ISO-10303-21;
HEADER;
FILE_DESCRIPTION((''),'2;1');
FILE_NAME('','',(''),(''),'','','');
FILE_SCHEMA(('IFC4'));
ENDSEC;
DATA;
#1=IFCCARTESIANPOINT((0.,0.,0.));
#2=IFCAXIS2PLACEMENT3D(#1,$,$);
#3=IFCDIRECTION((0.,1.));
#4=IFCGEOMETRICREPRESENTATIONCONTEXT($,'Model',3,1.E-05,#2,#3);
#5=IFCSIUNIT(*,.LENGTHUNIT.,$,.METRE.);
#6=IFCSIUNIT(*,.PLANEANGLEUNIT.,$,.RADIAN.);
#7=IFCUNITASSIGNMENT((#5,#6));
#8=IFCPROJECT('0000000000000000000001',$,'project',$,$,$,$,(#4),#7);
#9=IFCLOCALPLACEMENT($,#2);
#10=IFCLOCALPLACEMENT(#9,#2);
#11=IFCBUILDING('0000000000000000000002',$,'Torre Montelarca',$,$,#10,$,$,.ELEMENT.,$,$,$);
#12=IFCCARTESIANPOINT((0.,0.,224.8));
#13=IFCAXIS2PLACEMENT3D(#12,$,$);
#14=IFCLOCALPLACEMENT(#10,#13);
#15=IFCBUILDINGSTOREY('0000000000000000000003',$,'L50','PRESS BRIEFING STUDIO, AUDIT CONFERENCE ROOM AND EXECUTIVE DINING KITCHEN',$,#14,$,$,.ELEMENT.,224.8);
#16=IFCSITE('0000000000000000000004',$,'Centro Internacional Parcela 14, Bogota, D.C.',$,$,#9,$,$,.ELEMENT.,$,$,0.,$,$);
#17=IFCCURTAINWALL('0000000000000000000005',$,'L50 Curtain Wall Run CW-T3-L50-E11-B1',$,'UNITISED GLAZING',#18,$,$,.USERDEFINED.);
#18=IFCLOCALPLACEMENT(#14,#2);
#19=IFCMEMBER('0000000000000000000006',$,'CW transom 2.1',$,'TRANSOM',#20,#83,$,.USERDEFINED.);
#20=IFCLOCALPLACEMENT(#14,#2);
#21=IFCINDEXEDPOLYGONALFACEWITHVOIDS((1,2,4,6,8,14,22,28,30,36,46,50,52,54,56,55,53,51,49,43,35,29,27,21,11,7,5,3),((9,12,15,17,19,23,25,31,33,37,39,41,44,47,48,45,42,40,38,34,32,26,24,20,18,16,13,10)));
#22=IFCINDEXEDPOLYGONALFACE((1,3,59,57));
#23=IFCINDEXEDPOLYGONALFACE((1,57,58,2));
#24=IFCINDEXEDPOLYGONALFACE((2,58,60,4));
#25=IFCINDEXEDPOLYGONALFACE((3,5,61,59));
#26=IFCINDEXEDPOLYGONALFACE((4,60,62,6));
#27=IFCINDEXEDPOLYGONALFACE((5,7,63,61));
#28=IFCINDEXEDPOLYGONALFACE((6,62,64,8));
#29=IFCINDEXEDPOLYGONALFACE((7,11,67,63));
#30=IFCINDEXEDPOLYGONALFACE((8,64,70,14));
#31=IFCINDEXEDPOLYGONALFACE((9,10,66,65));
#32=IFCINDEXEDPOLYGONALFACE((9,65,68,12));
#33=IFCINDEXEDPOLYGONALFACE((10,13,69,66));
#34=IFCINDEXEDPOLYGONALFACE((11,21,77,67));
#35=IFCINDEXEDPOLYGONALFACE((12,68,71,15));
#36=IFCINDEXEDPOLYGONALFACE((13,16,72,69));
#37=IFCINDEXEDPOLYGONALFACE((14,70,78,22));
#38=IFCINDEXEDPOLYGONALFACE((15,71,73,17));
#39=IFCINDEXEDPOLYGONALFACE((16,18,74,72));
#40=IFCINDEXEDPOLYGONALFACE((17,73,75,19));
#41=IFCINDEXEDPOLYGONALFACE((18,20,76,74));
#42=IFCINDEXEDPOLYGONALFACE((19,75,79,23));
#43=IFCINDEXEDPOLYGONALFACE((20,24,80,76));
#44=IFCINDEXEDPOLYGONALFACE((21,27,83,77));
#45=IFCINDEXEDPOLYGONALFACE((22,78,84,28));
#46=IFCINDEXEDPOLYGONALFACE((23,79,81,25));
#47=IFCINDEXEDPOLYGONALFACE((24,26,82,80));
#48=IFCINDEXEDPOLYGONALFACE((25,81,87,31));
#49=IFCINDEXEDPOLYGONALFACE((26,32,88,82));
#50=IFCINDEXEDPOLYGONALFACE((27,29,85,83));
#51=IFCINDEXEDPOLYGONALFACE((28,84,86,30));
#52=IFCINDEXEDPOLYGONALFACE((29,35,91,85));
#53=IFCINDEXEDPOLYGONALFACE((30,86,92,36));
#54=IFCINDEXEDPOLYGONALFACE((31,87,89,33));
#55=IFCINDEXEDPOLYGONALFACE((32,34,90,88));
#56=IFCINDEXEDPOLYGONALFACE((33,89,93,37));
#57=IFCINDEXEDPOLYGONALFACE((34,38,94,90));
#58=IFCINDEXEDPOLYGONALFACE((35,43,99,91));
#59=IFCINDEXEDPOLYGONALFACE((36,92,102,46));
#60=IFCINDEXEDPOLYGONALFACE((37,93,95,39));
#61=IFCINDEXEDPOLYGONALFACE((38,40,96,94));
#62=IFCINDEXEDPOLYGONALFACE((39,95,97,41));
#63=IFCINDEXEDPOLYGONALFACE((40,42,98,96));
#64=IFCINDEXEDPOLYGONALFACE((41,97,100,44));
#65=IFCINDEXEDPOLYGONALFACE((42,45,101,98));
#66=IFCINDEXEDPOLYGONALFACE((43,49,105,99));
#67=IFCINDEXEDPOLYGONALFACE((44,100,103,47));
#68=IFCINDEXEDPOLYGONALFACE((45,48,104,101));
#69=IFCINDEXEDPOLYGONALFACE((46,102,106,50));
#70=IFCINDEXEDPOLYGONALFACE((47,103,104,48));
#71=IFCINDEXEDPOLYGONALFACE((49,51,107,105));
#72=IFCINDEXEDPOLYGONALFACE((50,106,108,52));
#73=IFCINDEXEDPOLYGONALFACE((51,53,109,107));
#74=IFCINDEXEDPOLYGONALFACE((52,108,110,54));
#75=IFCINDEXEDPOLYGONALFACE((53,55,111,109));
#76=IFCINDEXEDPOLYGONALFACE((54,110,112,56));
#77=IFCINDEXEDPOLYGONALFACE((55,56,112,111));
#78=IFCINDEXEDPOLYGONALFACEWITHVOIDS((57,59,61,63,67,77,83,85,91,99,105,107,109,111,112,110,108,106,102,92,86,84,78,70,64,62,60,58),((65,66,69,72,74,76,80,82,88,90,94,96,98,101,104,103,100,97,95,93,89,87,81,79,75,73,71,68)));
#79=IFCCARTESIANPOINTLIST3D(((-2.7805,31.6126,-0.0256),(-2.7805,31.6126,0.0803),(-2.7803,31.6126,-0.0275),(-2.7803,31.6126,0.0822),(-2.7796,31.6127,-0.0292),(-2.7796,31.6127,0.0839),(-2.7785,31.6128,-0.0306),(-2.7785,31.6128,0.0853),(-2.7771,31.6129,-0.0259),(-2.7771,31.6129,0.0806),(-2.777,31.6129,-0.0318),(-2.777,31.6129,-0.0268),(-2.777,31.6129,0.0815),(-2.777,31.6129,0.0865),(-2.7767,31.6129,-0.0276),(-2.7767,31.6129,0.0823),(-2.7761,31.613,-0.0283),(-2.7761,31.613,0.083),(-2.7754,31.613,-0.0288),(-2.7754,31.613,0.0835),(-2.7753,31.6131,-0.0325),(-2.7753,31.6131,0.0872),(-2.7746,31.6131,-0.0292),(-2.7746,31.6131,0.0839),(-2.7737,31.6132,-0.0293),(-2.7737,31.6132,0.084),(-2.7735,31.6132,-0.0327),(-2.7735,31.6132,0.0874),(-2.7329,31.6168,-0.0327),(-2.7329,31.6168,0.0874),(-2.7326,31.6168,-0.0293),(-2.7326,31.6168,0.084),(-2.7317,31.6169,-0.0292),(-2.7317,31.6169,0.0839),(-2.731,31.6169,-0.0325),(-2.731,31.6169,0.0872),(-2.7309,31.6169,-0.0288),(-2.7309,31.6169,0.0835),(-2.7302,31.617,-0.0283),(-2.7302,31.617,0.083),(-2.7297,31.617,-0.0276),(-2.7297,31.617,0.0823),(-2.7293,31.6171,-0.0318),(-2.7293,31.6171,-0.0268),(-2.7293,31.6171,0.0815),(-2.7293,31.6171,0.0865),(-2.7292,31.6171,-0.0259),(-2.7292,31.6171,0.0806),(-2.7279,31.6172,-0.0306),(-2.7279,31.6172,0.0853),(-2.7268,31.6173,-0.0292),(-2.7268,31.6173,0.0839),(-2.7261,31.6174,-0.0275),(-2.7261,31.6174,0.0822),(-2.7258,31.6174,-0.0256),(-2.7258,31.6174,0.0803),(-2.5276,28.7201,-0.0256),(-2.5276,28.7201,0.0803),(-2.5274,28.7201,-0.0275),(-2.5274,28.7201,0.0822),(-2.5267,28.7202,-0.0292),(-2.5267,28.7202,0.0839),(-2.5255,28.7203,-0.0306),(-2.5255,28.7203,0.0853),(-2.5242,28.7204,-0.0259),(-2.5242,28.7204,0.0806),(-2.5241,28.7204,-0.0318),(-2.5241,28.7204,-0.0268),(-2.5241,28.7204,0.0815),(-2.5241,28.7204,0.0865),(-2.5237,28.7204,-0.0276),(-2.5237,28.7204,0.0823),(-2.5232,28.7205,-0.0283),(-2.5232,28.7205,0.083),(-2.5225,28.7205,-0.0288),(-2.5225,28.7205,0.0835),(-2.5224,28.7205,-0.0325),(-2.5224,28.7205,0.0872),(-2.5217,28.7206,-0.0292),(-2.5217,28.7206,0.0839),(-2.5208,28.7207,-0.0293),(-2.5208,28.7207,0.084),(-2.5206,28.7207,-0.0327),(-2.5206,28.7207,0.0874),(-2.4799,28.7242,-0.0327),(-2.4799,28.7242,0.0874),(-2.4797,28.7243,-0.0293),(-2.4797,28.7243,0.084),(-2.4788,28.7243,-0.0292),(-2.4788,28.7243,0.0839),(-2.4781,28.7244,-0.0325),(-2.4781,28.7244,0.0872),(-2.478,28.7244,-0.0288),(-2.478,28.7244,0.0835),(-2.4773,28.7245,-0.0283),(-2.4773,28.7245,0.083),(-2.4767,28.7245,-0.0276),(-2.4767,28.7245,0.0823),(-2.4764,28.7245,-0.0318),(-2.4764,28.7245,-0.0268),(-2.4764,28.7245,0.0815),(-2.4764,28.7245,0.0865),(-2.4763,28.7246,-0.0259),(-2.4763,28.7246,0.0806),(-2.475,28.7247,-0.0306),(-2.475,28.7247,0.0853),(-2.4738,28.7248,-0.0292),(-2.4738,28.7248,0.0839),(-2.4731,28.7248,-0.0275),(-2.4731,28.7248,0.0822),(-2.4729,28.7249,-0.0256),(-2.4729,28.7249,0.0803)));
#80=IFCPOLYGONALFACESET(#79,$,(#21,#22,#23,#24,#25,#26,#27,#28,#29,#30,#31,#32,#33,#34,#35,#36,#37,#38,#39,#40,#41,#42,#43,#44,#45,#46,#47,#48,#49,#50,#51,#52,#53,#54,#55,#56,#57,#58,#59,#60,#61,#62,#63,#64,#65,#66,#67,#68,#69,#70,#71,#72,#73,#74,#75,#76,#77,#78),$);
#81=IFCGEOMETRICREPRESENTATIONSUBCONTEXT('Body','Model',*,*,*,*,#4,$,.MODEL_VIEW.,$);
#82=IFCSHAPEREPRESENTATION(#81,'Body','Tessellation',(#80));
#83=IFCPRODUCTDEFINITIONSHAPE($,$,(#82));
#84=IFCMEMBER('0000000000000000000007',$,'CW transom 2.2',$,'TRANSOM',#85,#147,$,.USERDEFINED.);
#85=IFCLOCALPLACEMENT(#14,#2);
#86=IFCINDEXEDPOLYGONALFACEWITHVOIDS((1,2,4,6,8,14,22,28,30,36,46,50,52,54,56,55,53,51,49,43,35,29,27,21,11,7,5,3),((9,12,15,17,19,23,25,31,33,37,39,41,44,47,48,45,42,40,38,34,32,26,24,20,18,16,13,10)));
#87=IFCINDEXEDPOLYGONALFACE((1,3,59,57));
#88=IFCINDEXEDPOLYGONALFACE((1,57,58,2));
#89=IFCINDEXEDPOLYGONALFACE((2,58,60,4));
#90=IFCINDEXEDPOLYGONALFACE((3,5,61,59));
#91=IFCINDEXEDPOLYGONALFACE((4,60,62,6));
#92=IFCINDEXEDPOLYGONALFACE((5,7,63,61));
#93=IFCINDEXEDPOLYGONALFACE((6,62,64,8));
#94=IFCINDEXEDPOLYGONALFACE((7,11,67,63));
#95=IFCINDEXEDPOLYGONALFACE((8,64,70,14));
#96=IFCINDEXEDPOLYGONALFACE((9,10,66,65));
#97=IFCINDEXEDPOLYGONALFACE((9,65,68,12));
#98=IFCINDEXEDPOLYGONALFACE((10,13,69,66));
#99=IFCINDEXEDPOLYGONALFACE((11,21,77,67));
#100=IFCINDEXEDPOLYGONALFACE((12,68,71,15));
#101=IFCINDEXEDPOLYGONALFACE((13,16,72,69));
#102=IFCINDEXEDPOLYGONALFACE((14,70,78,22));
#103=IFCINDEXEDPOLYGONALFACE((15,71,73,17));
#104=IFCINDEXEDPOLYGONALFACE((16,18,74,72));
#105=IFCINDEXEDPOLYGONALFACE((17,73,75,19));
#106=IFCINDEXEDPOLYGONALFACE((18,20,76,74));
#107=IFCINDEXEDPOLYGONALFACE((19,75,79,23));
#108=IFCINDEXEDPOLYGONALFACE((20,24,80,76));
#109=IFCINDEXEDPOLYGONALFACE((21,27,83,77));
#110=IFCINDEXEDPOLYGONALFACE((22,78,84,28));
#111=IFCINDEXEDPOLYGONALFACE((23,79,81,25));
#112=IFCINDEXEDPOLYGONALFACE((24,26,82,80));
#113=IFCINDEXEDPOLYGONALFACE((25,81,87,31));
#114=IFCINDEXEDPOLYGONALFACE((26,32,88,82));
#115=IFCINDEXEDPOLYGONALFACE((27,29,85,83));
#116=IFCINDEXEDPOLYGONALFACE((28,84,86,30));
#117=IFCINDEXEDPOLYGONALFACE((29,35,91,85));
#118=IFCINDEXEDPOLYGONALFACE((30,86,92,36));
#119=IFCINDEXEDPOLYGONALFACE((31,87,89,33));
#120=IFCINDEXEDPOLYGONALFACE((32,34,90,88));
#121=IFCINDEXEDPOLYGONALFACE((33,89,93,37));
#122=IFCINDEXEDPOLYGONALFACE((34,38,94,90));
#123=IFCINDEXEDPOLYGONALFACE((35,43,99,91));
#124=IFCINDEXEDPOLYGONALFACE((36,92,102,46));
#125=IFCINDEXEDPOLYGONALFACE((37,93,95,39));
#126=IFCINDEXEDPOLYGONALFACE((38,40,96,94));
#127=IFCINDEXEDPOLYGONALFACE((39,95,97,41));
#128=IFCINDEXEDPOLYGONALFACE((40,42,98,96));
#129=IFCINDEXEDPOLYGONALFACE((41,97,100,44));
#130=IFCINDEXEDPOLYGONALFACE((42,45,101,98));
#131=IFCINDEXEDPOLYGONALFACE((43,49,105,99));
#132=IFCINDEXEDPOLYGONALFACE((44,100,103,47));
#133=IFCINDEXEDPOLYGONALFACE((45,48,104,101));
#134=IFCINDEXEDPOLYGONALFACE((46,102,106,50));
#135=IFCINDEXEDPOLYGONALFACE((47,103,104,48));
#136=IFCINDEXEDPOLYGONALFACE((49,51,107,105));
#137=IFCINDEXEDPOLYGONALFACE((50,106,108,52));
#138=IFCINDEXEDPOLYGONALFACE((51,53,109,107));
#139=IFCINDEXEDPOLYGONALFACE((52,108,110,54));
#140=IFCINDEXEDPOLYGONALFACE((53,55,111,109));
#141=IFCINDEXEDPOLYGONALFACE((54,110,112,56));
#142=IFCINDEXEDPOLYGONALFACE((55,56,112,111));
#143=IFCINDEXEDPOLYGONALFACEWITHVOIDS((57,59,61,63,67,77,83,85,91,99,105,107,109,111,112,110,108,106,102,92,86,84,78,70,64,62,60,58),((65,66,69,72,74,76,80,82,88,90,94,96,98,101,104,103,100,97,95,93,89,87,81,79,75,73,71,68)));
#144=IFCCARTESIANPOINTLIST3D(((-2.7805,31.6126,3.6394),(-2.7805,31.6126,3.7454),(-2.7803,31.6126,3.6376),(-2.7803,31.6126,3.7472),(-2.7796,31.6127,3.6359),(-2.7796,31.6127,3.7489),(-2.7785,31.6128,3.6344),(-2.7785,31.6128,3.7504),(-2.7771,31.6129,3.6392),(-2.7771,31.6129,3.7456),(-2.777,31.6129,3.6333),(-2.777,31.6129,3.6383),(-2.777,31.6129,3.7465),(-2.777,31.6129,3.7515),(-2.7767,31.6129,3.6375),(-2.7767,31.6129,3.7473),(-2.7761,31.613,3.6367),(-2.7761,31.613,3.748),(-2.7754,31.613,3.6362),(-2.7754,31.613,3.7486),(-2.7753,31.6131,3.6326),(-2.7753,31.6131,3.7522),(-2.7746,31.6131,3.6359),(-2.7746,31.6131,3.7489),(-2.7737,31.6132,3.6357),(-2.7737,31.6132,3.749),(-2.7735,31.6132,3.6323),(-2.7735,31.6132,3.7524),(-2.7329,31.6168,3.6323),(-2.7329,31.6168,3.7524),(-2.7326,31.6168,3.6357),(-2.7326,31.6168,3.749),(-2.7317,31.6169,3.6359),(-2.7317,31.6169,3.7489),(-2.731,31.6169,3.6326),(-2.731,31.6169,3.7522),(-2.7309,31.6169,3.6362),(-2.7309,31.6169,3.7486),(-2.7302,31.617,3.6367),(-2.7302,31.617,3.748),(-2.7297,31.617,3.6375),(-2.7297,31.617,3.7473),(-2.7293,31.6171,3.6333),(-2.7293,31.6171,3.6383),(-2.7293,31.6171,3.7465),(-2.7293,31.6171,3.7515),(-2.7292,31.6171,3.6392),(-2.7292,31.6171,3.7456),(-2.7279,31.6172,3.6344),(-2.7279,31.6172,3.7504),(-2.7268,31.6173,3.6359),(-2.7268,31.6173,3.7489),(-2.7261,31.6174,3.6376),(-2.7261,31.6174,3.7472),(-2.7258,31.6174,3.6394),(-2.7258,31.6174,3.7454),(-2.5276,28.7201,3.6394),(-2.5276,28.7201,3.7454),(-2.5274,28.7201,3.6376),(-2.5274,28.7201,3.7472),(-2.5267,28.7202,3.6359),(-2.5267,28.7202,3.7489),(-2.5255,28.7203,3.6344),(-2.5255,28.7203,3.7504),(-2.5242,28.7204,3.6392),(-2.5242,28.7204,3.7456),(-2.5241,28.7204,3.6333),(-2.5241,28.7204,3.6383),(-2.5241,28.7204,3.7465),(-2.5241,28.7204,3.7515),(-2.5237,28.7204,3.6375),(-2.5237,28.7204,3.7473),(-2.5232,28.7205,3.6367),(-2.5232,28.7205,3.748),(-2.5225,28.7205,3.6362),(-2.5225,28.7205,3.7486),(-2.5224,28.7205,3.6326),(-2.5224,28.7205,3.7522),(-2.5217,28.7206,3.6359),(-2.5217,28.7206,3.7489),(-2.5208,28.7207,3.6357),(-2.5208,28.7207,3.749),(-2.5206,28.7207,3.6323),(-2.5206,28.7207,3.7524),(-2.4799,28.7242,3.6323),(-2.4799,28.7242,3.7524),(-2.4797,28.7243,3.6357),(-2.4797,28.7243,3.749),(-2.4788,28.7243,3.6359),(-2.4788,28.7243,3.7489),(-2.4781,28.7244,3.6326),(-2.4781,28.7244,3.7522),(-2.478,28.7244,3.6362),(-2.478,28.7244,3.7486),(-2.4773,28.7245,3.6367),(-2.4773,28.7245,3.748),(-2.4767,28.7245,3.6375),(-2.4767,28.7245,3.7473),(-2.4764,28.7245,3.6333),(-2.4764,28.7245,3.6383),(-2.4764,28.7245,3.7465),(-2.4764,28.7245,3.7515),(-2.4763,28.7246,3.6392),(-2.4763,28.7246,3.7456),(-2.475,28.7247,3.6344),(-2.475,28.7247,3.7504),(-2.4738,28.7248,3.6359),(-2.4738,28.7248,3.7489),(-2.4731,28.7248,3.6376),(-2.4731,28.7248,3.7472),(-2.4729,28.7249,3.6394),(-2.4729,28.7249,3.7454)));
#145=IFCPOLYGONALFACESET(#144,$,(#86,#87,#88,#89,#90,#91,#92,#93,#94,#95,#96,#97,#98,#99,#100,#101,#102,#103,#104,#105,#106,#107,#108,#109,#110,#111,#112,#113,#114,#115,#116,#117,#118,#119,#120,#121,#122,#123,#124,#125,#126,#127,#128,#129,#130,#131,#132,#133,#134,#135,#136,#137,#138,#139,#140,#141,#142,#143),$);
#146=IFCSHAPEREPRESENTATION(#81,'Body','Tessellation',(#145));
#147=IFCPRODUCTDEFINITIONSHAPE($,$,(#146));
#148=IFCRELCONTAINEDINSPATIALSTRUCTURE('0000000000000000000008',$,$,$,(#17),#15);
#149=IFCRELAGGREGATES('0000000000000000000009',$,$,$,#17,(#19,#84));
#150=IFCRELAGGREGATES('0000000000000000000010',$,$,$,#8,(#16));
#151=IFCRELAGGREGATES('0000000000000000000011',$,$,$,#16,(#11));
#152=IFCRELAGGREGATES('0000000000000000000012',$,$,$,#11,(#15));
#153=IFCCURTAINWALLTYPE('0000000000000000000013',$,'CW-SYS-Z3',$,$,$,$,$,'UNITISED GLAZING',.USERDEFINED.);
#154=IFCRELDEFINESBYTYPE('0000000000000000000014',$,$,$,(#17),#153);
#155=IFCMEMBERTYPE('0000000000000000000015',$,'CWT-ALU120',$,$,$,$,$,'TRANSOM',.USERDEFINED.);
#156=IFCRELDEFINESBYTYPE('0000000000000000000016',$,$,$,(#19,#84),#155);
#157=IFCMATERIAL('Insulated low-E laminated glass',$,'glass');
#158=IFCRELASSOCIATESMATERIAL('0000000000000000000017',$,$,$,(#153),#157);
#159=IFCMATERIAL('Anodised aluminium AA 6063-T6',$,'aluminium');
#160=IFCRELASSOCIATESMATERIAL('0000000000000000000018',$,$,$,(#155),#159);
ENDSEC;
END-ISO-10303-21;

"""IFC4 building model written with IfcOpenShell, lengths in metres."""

from ifc_helpers import new_model, si_unit, direction, frame, origin, origin_2d, place, context, subcontext, project, spatial, hollow_rectangle, extrude, source, transform, mapped, material, material_profile, profile_set, type_object, element, aggregate, save


model = new_model("IFC4")

# Units and contexts
model_context = context("Model", 3, precision=1e-05, world=origin(), true_north=direction((0.0, 1.0)))
body_context = subcontext(model_context, "Body", "Model", "MODEL_VIEW")
ifc_project = project(units=[si_unit("LENGTHUNIT", "METRE"), si_unit("PLANEANGLEUNIT", "RADIAN")], contexts=[model_context])

# Site, building, storey
site_placement = place(None, origin())
site = spatial("IfcSite", under=ifc_project, at=site_placement, Name="Centro Internacional Parcela 14, Bogota, D.C.", CompositionType="ELEMENT", RefElevation=0.0)
building_placement = place(site_placement, origin())
building = spatial("IfcBuilding", under=site, at=building_placement, Name="Torre Montelarca", CompositionType="ELEMENT")
storey_placement = place(building_placement, frame((0.0, 0.0, 224.8)))
storey = spatial("IfcBuildingStorey", under=building, at=storey_placement, Name="L50", Description="PRESS BRIEFING STUDIO, AUDIT CONFERENCE ROOM AND EXECUTIVE DINING KITCHEN", CompositionType="ELEMENT", Elevation=224.8)

# Curtain wall, members
ifc_material_1 = material(Name="Insulated low-E laminated glass", Category="glass")
curtain_wall_type = type_object("IfcCurtainWallType", Name="CW-SYS-Z3", ElementType="UNITISED GLAZING", PredefinedType="USERDEFINED", material=ifc_material_1)
curtain_wall_1_placement = place(storey_placement, origin())
curtain_wall_1 = element("IfcCurtainWall", 1, at=curtain_wall_1_placement, inside=storey, type_object=curtain_wall_type, Name="L50 Curtain Wall Run CW-T3-L50-E11-B1", ObjectType="UNITISED GLAZING", PredefinedType="USERDEFINED")
ifc_material_2 = material(Name="Anodised aluminium AA 6063-T6", Category="aluminium")
ifc_material_profile_1 = material_profile(ifc_material_2, hollow_rectangle(XDim=0.0549, YDim=0.1201, WallThickness=0.0034, InnerFilletRadius=0.0034, OuterFilletRadius=0.0071, at=origin_2d()), Name="ALU55X120X3.5", Category="aluminium")
ifc_profile_set_1 = profile_set([ifc_material_profile_1], Name="Anodised aluminium AA 6063-T6")
member_type_1 = type_object("IfcMemberType", Name="CWT-ALU120", ElementType="TRANSOM", PredefinedType="USERDEFINED", material=ifc_profile_set_1)
shared_shape_1 = source(origin(), body_context, "Body", "SweptSolid", [
    extrude(hollow_rectangle(XDim=0.0549, YDim=0.1201, WallThickness=0.0034, InnerFilletRadius=0.0034, OuterFilletRadius=0.0071, at=origin_2d()), origin(), (0.0, 0.0, 1.0), 2.9036),
])
member_1_placement = place(storey_placement, frame((-2.7532, 31.615, 0.0273), z_axis=(0.087109, -0.996199, 0.0), x_axis=(0.996199, 0.087109, 0.0)))
member_1 = element("IfcMember", 2, at=member_1_placement, type_object=member_type_1, Name="CW transom 2.1", ObjectType="TRANSOM", PredefinedType="USERDEFINED", context=body_context, shape_type="MappedRepresentation", body=[
    mapped(shared_shape_1, transform((0.0, 0.0, 0.0), scale=1.0)),
])
member_2_placement = place(storey_placement, frame((-2.7532, 31.615, 3.6924), z_axis=(0.087109, -0.996199, 0.0), x_axis=(0.996199, 0.087109, 0.0)))
member_2 = element("IfcMember", 3, at=member_2_placement, type_object=member_type_1, Name="CW transom 2.2", ObjectType="TRANSOM", PredefinedType="USERDEFINED", context=body_context, shape_type="MappedRepresentation", body=[
    mapped(shared_shape_1, transform((0.0, 0.0, 0.0), scale=1.0)),
])

aggregate(curtain_wall_1, [member_1, member_2])

save(model, "model.ifc")
